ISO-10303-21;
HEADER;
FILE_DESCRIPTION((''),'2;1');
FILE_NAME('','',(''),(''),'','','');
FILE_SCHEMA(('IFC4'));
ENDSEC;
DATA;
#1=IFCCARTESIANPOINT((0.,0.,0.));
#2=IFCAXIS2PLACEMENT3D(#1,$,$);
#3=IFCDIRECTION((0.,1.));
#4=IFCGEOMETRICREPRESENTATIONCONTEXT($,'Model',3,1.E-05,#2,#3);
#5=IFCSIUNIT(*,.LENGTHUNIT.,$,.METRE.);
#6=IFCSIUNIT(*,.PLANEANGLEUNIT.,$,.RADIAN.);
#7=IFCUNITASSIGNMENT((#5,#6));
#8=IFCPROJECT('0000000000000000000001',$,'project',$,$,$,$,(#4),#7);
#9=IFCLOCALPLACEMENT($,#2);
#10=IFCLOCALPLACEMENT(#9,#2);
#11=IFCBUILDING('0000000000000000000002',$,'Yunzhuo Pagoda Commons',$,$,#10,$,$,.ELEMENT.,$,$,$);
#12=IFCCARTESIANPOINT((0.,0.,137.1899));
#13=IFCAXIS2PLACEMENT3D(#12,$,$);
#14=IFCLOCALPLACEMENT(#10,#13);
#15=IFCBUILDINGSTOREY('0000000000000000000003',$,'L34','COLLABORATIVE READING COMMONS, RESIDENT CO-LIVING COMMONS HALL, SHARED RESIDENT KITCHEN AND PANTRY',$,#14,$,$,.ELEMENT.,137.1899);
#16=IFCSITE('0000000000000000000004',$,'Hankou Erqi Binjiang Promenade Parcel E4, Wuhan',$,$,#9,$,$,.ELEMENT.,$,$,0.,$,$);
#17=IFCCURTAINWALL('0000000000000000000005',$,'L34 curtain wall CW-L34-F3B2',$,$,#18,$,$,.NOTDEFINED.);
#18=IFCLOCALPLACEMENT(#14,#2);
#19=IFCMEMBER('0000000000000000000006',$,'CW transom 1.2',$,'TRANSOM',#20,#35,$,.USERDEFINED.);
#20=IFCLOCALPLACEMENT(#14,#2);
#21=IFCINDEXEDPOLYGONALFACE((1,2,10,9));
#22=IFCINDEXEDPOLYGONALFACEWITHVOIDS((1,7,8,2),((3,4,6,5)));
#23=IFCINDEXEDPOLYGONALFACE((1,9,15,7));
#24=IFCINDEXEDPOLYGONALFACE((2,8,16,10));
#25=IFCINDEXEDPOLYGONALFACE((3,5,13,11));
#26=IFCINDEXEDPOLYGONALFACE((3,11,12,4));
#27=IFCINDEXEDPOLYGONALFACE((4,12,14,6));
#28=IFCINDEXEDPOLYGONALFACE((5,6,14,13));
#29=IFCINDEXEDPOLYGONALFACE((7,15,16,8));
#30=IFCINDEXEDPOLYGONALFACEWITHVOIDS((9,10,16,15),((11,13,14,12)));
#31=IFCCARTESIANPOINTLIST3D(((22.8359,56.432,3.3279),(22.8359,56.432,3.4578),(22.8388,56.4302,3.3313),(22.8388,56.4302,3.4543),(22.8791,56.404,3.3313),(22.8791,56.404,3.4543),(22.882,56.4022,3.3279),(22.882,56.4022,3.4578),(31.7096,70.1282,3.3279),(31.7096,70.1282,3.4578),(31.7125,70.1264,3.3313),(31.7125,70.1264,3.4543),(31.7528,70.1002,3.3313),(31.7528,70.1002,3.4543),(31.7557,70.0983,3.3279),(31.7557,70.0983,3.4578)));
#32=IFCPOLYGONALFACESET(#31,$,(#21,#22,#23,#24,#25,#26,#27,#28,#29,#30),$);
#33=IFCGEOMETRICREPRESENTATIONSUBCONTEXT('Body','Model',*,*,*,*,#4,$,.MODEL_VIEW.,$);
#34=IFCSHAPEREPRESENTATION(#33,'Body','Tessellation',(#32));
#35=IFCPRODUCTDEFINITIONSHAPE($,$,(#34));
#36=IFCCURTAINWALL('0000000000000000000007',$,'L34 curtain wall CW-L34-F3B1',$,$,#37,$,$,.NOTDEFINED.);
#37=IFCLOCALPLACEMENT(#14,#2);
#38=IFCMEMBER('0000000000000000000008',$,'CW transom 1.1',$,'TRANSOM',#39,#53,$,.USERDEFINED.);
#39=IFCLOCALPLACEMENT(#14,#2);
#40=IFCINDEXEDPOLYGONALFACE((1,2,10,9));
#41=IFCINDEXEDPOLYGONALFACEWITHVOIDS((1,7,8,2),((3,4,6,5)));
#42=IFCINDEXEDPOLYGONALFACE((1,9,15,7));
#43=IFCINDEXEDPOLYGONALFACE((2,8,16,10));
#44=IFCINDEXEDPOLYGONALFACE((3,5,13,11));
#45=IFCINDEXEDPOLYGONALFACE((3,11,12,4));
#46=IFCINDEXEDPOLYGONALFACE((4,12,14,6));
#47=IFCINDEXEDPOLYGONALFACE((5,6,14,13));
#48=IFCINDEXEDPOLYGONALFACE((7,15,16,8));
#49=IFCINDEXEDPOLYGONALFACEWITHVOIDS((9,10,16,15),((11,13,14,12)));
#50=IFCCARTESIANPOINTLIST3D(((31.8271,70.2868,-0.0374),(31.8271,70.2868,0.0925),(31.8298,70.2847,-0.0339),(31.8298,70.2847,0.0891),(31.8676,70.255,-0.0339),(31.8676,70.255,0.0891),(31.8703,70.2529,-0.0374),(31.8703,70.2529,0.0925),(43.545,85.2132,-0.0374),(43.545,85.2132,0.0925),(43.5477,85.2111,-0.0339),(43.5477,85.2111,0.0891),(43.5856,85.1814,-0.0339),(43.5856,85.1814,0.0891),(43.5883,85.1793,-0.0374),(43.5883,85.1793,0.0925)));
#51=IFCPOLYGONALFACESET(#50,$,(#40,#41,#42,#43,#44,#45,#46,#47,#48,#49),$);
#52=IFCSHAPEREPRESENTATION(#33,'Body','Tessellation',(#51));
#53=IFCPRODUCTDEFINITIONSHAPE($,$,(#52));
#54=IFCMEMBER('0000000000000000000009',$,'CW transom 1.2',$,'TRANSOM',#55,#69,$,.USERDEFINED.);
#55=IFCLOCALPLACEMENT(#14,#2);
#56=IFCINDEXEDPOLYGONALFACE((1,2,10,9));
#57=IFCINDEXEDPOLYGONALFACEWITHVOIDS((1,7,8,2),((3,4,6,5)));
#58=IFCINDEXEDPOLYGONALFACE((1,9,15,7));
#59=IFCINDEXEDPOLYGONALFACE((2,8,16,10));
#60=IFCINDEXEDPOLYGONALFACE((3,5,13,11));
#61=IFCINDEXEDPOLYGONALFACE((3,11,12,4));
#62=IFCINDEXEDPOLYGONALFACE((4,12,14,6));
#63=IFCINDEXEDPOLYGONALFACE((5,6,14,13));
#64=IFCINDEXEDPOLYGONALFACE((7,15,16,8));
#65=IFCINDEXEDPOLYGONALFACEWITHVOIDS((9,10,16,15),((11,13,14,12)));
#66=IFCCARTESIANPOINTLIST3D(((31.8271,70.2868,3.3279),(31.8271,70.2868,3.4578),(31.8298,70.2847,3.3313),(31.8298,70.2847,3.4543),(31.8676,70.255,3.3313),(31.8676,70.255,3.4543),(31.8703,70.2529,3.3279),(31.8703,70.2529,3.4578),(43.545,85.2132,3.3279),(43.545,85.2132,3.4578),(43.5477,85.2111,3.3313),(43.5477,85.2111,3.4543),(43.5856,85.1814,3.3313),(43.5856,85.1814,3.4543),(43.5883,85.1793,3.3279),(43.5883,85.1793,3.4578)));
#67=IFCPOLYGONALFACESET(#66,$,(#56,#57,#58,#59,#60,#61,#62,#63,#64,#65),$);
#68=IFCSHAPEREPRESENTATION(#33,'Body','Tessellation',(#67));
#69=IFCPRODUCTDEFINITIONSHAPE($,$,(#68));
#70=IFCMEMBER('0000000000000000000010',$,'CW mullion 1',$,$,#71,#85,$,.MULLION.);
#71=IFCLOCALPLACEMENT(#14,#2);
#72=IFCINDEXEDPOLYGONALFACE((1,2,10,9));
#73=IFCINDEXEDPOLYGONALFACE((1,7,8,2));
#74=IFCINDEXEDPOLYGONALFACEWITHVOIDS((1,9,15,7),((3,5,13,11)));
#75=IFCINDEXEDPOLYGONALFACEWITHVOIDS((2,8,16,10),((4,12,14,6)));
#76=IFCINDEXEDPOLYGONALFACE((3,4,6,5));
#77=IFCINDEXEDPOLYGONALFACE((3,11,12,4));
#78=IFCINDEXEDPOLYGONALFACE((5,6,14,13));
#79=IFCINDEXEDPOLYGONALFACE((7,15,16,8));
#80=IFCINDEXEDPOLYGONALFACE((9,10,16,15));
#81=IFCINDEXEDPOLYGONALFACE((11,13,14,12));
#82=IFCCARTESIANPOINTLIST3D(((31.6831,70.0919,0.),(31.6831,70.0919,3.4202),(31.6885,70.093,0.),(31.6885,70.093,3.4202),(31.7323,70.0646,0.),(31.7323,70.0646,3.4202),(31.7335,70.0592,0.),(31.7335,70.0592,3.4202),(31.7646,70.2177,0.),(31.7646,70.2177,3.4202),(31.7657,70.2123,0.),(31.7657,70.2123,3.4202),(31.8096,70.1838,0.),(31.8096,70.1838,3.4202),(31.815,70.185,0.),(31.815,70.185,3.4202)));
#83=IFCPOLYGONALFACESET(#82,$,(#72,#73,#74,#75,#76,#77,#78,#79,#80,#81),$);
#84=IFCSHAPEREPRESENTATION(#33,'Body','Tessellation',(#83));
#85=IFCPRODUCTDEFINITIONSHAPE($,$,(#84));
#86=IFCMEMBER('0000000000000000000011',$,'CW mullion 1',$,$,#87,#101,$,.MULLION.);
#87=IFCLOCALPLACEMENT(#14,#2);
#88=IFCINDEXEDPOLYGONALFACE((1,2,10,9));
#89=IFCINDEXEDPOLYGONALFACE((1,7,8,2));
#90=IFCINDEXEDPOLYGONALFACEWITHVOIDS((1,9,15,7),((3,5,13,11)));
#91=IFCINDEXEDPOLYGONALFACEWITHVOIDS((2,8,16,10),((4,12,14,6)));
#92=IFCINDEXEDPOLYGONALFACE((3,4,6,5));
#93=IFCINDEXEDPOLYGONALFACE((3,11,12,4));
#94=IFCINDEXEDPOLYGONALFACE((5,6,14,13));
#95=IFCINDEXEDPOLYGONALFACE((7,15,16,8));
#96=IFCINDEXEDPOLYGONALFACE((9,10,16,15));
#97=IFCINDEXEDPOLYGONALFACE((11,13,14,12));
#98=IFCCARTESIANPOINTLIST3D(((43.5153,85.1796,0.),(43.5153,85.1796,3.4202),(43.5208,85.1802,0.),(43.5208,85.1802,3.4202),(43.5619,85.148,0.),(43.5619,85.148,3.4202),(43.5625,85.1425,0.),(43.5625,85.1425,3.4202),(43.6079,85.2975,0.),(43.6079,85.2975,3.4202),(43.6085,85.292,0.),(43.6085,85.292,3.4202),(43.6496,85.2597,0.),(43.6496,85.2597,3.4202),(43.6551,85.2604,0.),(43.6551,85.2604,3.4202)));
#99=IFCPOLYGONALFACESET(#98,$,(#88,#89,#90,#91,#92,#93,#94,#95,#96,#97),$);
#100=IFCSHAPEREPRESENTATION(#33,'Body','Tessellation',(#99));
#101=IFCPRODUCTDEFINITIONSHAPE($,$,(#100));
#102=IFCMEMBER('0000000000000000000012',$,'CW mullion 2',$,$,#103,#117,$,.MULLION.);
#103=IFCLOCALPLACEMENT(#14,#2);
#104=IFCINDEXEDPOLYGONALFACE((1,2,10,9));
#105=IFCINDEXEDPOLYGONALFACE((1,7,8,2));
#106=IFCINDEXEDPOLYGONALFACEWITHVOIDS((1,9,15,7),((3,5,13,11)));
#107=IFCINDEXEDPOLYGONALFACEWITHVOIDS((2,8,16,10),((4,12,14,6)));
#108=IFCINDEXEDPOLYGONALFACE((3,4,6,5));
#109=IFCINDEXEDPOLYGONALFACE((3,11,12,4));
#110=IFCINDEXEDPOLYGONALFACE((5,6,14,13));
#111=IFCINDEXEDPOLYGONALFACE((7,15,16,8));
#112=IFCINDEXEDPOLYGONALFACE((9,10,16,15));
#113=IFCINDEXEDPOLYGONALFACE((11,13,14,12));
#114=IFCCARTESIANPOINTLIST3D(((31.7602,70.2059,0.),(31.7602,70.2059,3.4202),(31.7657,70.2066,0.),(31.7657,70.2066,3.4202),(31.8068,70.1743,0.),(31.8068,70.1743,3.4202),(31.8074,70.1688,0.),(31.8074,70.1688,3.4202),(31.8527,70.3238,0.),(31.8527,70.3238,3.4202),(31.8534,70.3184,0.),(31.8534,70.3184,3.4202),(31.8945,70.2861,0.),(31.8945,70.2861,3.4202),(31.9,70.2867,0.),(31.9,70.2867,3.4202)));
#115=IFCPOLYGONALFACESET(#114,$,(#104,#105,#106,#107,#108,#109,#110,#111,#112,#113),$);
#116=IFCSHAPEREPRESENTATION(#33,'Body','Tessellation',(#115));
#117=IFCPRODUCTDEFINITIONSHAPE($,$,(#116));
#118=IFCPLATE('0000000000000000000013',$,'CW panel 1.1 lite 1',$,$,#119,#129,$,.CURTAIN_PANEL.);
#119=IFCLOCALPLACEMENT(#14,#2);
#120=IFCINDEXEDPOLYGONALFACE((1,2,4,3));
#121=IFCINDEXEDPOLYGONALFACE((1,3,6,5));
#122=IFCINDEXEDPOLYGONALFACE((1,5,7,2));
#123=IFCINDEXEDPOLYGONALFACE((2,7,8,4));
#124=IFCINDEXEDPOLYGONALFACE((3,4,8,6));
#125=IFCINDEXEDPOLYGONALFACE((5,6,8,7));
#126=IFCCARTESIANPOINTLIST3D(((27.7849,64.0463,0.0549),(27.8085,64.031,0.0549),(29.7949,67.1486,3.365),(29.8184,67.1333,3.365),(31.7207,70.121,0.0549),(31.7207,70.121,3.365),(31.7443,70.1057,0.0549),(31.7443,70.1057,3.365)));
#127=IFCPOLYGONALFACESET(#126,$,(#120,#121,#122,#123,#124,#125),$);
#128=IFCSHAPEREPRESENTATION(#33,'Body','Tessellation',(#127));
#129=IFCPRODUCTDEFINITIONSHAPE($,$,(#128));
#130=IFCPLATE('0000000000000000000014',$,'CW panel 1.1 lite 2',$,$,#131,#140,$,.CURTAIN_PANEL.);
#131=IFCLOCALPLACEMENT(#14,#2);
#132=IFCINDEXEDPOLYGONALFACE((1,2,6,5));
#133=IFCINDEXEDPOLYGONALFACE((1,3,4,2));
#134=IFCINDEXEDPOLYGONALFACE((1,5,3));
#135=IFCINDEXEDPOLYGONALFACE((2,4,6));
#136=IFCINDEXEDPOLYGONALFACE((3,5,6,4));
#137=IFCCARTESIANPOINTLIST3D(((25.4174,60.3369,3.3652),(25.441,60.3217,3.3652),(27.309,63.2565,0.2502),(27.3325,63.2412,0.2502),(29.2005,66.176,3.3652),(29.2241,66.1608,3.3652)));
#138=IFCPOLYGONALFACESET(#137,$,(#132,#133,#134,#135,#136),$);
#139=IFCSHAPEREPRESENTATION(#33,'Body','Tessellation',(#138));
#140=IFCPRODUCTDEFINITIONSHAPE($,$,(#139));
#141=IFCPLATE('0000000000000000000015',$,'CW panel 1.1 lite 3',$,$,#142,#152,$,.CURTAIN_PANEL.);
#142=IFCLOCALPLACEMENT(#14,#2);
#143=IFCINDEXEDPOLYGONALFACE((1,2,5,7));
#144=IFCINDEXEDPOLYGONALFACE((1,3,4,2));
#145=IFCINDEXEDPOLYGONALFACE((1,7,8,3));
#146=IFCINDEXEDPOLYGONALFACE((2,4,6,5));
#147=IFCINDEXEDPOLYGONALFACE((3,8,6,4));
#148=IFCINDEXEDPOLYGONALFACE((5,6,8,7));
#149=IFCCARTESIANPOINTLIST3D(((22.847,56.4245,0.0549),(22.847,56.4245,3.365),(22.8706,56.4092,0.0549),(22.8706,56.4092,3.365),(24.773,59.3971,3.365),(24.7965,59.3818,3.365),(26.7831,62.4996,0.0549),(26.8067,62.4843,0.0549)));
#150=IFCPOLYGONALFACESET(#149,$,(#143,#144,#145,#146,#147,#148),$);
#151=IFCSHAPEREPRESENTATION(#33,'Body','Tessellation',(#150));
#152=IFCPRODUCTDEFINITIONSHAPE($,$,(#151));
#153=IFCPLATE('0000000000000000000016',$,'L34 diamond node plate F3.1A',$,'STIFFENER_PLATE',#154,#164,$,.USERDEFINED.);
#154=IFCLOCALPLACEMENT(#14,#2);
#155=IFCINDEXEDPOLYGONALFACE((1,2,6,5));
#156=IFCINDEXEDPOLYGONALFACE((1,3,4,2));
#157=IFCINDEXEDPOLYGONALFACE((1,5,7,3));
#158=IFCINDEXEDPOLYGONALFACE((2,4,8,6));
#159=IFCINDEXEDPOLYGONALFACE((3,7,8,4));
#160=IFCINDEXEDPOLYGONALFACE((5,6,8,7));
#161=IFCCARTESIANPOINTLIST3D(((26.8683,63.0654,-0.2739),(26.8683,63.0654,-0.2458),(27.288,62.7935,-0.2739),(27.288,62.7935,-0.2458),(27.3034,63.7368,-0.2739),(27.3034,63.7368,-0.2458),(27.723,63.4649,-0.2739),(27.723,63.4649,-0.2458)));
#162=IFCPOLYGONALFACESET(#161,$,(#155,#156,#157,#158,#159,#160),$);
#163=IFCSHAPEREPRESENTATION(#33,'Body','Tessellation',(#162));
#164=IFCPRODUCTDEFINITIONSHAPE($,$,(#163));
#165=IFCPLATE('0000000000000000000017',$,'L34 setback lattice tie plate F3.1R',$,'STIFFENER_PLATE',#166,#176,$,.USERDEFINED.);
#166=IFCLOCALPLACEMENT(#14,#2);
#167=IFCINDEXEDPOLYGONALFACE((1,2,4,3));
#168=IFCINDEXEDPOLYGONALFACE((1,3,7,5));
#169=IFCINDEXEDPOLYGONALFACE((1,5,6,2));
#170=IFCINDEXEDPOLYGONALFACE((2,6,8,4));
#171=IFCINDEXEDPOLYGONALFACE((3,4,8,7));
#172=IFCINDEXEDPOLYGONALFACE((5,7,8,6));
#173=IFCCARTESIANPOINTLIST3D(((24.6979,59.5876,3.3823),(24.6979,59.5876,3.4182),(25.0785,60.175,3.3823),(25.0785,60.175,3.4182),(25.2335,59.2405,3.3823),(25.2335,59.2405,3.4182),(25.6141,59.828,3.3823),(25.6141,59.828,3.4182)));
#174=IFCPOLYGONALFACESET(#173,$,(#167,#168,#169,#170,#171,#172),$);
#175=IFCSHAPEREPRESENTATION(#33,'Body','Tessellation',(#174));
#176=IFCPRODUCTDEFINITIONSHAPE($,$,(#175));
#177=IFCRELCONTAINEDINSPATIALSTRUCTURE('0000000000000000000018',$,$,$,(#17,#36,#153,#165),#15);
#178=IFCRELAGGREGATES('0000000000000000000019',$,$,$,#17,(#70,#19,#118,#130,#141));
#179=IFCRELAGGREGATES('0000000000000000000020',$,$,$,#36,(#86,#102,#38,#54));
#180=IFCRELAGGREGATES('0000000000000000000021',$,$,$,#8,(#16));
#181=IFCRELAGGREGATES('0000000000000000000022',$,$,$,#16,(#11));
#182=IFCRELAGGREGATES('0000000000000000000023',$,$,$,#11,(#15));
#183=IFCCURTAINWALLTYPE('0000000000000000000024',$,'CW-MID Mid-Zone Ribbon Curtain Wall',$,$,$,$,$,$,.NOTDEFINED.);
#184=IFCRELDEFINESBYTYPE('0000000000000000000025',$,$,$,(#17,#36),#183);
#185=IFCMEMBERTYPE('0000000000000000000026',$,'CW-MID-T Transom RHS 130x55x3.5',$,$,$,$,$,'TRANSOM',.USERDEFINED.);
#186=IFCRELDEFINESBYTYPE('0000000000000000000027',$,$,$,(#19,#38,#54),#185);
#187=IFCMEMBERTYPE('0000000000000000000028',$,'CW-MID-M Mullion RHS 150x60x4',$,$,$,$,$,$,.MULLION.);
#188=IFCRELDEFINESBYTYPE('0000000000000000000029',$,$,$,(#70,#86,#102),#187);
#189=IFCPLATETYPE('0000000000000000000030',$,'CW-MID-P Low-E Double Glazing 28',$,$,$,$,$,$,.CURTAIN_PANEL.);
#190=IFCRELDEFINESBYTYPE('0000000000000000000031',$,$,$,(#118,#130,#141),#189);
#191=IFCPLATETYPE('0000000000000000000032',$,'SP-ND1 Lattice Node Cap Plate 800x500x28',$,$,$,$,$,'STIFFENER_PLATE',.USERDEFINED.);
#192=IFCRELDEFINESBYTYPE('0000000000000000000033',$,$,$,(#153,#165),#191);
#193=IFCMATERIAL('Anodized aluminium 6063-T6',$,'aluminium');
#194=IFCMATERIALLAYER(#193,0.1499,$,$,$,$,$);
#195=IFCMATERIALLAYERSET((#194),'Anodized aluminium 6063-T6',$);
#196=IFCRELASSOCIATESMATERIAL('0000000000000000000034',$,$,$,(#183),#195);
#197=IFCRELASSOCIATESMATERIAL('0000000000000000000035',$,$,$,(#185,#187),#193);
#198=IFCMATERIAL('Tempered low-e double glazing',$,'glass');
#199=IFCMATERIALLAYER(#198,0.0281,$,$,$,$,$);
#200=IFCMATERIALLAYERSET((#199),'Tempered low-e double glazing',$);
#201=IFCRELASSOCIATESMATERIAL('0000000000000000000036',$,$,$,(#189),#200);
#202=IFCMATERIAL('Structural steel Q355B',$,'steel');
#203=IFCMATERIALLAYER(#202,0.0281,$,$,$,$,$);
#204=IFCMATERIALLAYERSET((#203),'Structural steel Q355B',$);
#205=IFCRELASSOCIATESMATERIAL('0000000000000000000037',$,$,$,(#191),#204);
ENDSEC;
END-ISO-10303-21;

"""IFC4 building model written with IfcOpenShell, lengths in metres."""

from ifc_helpers import new_model, si_unit, direction, frame, origin, origin_2d, place, context, subcontext, project, spatial, polyline, rectangle, hollow_rectangle, outline, extrude, source, transform, mapped, material, layer, layer_set, material_profile, profile_set, type_object, element, aggregate, save


model = new_model("IFC4")

# Units and contexts
model_context = context("Model", 3, precision=1e-05, world=origin(), true_north=direction((0.0, 1.0)))
body_context = subcontext(model_context, "Body", "Model", "MODEL_VIEW")
ifc_project = project(units=[si_unit("LENGTHUNIT", "METRE"), si_unit("PLANEANGLEUNIT", "RADIAN")], contexts=[model_context])

# Site, building, storey
site_placement = place(None, origin())
site = spatial("IfcSite", under=ifc_project, at=site_placement, Name="Hankou Erqi Binjiang Promenade Parcel E4, Wuhan", CompositionType="ELEMENT", RefElevation=0.0)
building_placement = place(site_placement, origin())
building = spatial("IfcBuilding", under=site, at=building_placement, Name="Yunzhuo Pagoda Commons", CompositionType="ELEMENT")
storey_placement = place(building_placement, frame((0.0, 0.0, 137.1899)))
storey = spatial("IfcBuildingStorey", under=building, at=storey_placement, Name="L34", Description="COLLABORATIVE READING COMMONS, RESIDENT CO-LIVING COMMONS HALL, SHARED RESIDENT KITCHEN AND PANTRY", CompositionType="ELEMENT", Elevation=137.1899)

# Shared definitions
ifc_material_1 = material(Name="Structural steel Q355B", Category="steel")

# Curtain walls, members
ifc_material_2 = material(Name="Anodized aluminium 6063-T6", Category="aluminium")
ifc_layer_1 = layer(ifc_material_2, 0.1499)
ifc_layer_set_1 = layer_set([ifc_layer_1], Name="Anodized aluminium 6063-T6")
curtain_wall_type = type_object("IfcCurtainWallType", Name="CW-MID Mid-Zone Ribbon Curtain Wall", PredefinedType="NOTDEFINED", material=ifc_layer_set_1)
curtain_wall_1_placement = place(storey_placement, origin())
curtain_wall_1 = element("IfcCurtainWall", 1, at=curtain_wall_1_placement, inside=storey, type_object=curtain_wall_type, Name="L34 curtain wall CW-L34-F3B2", PredefinedType="NOTDEFINED")
ifc_material_profile_1 = material_profile(ifc_material_2, hollow_rectangle(XDim=0.0549, YDim=0.1299, WallThickness=0.0034, at=origin_2d()), Name="Anodized aluminium 6063-T6")
ifc_profile_set_1 = profile_set([ifc_material_profile_1], Name="Anodized aluminium 6063-T6")
member_type_1 = type_object("IfcMemberType", Name="CW-MID-T Transom RHS 130x55x3.5", ElementType="TRANSOM", PredefinedType="USERDEFINED", material=ifc_profile_set_1)
shared_shape_1 = source(origin(), body_context, "Body", "SweptSolid", [
    extrude(hollow_rectangle(XDim=0.0549, YDim=0.1299, WallThickness=0.0034, at=origin_2d()), origin(), (0.0, 0.0, 1.0), 16.3196),
])
member_1_placement = place(storey_placement, frame((31.7327, 70.1133, 3.3928), z_axis=(-0.543747, -0.839249, 0.0), x_axis=(0.839249, -0.543747, 0.0)))
member_1 = element("IfcMember", 2, at=member_1_placement, type_object=member_type_1, Name="CW transom 1.2", ObjectType="TRANSOM", PredefinedType="USERDEFINED", context=body_context, shape_type="MappedRepresentation", body=[
    mapped(shared_shape_1, transform((0.0, 0.0, 0.0), scale=1.0)),
])
curtain_wall_2_placement = place(storey_placement, origin())
curtain_wall_2 = element("IfcCurtainWall", 3, at=curtain_wall_2_placement, inside=storey, type_object=curtain_wall_type, Name="L34 curtain wall CW-L34-F3B1", PredefinedType="NOTDEFINED")
shared_shape_2 = source(origin(), body_context, "Body", "SweptSolid", [
    extrude(hollow_rectangle(XDim=0.0549, YDim=0.1299, WallThickness=0.0034, at=origin_2d()), origin(), (0.0, 0.0, 1.0), 18.9766),
])
member_2_placement = place(storey_placement, frame((43.5667, 85.1963, 0.0276), z_axis=(-0.617497, -0.786573, 0.0), x_axis=(0.786573, -0.617497, 0.0)))
member_2 = element("IfcMember", 4, at=member_2_placement, type_object=member_type_1, Name="CW transom 1.1", ObjectType="TRANSOM", PredefinedType="USERDEFINED", context=body_context, shape_type="MappedRepresentation", body=[
    mapped(shared_shape_2, transform((0.0, 0.0, 0.0), scale=1.0)),
])
member_3_placement = place(storey_placement, frame((43.5667, 85.1963, 3.3928), z_axis=(-0.617497, -0.786573, 0.0), x_axis=(0.786573, -0.617497, 0.0)))
member_3 = element("IfcMember", 5, at=member_3_placement, type_object=member_type_1, Name="CW transom 1.2", ObjectType="TRANSOM", PredefinedType="USERDEFINED", context=body_context, shape_type="MappedRepresentation", body=[
    mapped(shared_shape_2, transform((0.0, 0.0, 0.0), scale=1.0)),
])

# Members
ifc_material_profile_2 = material_profile(ifc_material_2, hollow_rectangle(XDim=0.0601, YDim=0.1499, WallThickness=0.0039, at=origin_2d()), Name="Anodized aluminium 6063-T6")
ifc_profile_set_2 = profile_set([ifc_material_profile_2], Name="Anodized aluminium 6063-T6")
member_type_2 = type_object("IfcMemberType", Name="CW-MID-M Mullion RHS 150x60x4", PredefinedType="MULLION", material=ifc_profile_set_2)
shared_shape_3 = source(origin(), body_context, "Body", "SweptSolid", [
    extrude(hollow_rectangle(XDim=0.0601, YDim=0.1499, WallThickness=0.0039, at=origin_2d()), origin(), (0.0, 0.0, 1.0), 3.4202),
])
member_4_placement = place(storey_placement, frame((31.749, 70.1384, 0.0), z_axis=(0.0, 0.0, 1.0), x_axis=(0.839249, -0.543747, 0.0)))
member_4 = element("IfcMember", 6, at=member_4_placement, type_object=member_type_2, Name="CW mullion 1", PredefinedType="MULLION", context=body_context, shape_type="MappedRepresentation", body=[
    mapped(shared_shape_3, transform((0.0, 0.0, 0.0), scale=1.0)),
])
member_5_placement = place(storey_placement, frame((43.5852, 85.22, 0.0), z_axis=(0.0, 0.0, 1.0), x_axis=(0.786572, -0.617499, 0.0)))
member_5 = element("IfcMember", 7, at=member_5_placement, type_object=member_type_2, Name="CW mullion 1", PredefinedType="MULLION", context=body_context, shape_type="MappedRepresentation", body=[
    mapped(shared_shape_3, transform((0.0, 0.0, 0.0), scale=1.0)),
])
member_6_placement = place(storey_placement, frame((31.8301, 70.2463, 0.0), z_axis=(0.0, 0.0, 1.0), x_axis=(0.786572, -0.617499, 0.0)))
member_6 = element("IfcMember", 8, at=member_6_placement, type_object=member_type_2, Name="CW mullion 2", PredefinedType="MULLION", context=body_context, shape_type="MappedRepresentation", body=[
    mapped(shared_shape_3, transform((0.0, 0.0, 0.0), scale=1.0)),
])

# Plates
ifc_material_3 = material(Name="Tempered low-e double glazing", Category="glass")
ifc_layer_2 = layer(ifc_material_3, 0.0281)
ifc_layer_set_2 = layer_set([ifc_layer_2], Name="Tempered low-e double glazing")
plate_type_1 = type_object("IfcPlateType", Name="CW-MID-P Low-E Double Glazing 28", PredefinedType="CURTAIN_PANEL", material=ifc_layer_set_2)
plate_1_placement = place(storey_placement, frame((29.7764, 67.0684, 1.71), z_axis=(-0.839249, 0.543747, 0.0), x_axis=(-0.543747, -0.839249, 0.0)))
plate_1 = element("IfcPlate", 9, at=plate_1_placement, type_object=plate_type_1, Name="CW panel 1.1 lite 1", PredefinedType="CURTAIN_PANEL", context=body_context, shape_type="SweptSolid", body=[
    extrude(outline(polyline([(-3.6191, -1.655), (3.6191, -1.655), (-0.0774, 1.655), (-3.6191, 1.655), (-3.6191, -1.655)])), origin(), (0.0, 0.0, 1.0), 0.0281),
])
plate_2_placement = place(storey_placement, frame((27.3325, 63.2412, 1.8076), z_axis=(-0.839249, 0.543747, 0.0), x_axis=(-0.543747, -0.839249, 0.0)))
plate_2 = element("IfcPlate", 10, at=plate_2_placement, type_object=plate_type_1, Name="CW panel 1.1 lite 2", PredefinedType="CURTAIN_PANEL", context=body_context, shape_type="SweptSolid", body=[
    extrude(outline(polyline([(-3.4788, 1.5576), (0.0, -1.5574), (3.4788, 1.5576), (-3.4788, 1.5576)])), origin(), (0.0, 0.0, 1.0), 0.0281),
])
plate_3_placement = place(storey_placement, frame((24.8386, 59.4468, 1.71), z_axis=(-0.839249, 0.543747, 0.0), x_axis=(-0.543747, -0.839249, 0.0)))
plate_3 = element("IfcPlate", 11, at=plate_3_placement, type_object=plate_type_1, Name="CW panel 1.1 lite 3", PredefinedType="CURTAIN_PANEL", context=body_context, shape_type="SweptSolid", body=[
    extrude(outline(polyline([(-3.6194, -1.655), (3.6194, -1.655), (3.6194, 1.655), (0.0774, 1.655), (-3.6194, -1.655)])), origin(), (0.0, 0.0, 1.0), 0.0281),
])
aggregate(curtain_wall_1, [member_4, member_1, plate_1, plate_2, plate_3])

# Plates
ifc_layer_3 = layer(ifc_material_1, 0.0281)
ifc_layer_set_3 = layer_set([ifc_layer_3], Name="Structural steel Q355B")
plate_type_2 = type_object("IfcPlateType", Name="SP-ND1 Lattice Node Cap Plate 800x500x28", ElementType="STIFFENER_PLATE", PredefinedType="USERDEFINED", material=ifc_layer_set_3)
shared_shape_4 = source(origin(), body_context, "Body", "SweptSolid", [
    extrude(rectangle(XDim=0.8, YDim=0.5, at=origin_2d()), origin(), (0.0, 0.0, 1.0), 0.0281),
])
plate_4_placement = place(storey_placement, frame((27.2957, 63.2651, -0.2739), z_axis=(0.0, 0.0, 1.0), x_axis=(-0.543746, -0.83925, 0.0)))
element("IfcPlate", 12, at=plate_4_placement, inside=storey, type_object=plate_type_2, Name="L34 diamond node plate F3.1A", ObjectType="STIFFENER_PLATE", PredefinedType="USERDEFINED", context=body_context, shape_type="MappedRepresentation", body=[
    mapped(shared_shape_4, transform((0.0, 0.0, 0.0), scale=1.0)),
])
shared_shape_5 = source(origin(), body_context, "Body", "SweptSolid", [
    extrude(rectangle(XDim=0.7, YDim=0.6382, at=origin_2d()), origin(), (0.0, 0.0, 1.0), 0.0359),
])
plate_5_placement = place(storey_placement, frame((25.156, 59.7078, 3.3823), z_axis=(0.0, 0.0, 1.0), x_axis=(-0.543746, -0.83925, 0.0)))
element("IfcPlate", 13, at=plate_5_placement, inside=storey, type_object=plate_type_2, Name="L34 setback lattice tie plate F3.1R", ObjectType="STIFFENER_PLATE", PredefinedType="USERDEFINED", context=body_context, shape_type="MappedRepresentation", body=[
    mapped(shared_shape_5, transform((0.0, 0.0, 0.0), scale=1.0)),
])

aggregate(curtain_wall_2, [member_5, member_6, member_2, member_3])

save(model, "model.ifc")
